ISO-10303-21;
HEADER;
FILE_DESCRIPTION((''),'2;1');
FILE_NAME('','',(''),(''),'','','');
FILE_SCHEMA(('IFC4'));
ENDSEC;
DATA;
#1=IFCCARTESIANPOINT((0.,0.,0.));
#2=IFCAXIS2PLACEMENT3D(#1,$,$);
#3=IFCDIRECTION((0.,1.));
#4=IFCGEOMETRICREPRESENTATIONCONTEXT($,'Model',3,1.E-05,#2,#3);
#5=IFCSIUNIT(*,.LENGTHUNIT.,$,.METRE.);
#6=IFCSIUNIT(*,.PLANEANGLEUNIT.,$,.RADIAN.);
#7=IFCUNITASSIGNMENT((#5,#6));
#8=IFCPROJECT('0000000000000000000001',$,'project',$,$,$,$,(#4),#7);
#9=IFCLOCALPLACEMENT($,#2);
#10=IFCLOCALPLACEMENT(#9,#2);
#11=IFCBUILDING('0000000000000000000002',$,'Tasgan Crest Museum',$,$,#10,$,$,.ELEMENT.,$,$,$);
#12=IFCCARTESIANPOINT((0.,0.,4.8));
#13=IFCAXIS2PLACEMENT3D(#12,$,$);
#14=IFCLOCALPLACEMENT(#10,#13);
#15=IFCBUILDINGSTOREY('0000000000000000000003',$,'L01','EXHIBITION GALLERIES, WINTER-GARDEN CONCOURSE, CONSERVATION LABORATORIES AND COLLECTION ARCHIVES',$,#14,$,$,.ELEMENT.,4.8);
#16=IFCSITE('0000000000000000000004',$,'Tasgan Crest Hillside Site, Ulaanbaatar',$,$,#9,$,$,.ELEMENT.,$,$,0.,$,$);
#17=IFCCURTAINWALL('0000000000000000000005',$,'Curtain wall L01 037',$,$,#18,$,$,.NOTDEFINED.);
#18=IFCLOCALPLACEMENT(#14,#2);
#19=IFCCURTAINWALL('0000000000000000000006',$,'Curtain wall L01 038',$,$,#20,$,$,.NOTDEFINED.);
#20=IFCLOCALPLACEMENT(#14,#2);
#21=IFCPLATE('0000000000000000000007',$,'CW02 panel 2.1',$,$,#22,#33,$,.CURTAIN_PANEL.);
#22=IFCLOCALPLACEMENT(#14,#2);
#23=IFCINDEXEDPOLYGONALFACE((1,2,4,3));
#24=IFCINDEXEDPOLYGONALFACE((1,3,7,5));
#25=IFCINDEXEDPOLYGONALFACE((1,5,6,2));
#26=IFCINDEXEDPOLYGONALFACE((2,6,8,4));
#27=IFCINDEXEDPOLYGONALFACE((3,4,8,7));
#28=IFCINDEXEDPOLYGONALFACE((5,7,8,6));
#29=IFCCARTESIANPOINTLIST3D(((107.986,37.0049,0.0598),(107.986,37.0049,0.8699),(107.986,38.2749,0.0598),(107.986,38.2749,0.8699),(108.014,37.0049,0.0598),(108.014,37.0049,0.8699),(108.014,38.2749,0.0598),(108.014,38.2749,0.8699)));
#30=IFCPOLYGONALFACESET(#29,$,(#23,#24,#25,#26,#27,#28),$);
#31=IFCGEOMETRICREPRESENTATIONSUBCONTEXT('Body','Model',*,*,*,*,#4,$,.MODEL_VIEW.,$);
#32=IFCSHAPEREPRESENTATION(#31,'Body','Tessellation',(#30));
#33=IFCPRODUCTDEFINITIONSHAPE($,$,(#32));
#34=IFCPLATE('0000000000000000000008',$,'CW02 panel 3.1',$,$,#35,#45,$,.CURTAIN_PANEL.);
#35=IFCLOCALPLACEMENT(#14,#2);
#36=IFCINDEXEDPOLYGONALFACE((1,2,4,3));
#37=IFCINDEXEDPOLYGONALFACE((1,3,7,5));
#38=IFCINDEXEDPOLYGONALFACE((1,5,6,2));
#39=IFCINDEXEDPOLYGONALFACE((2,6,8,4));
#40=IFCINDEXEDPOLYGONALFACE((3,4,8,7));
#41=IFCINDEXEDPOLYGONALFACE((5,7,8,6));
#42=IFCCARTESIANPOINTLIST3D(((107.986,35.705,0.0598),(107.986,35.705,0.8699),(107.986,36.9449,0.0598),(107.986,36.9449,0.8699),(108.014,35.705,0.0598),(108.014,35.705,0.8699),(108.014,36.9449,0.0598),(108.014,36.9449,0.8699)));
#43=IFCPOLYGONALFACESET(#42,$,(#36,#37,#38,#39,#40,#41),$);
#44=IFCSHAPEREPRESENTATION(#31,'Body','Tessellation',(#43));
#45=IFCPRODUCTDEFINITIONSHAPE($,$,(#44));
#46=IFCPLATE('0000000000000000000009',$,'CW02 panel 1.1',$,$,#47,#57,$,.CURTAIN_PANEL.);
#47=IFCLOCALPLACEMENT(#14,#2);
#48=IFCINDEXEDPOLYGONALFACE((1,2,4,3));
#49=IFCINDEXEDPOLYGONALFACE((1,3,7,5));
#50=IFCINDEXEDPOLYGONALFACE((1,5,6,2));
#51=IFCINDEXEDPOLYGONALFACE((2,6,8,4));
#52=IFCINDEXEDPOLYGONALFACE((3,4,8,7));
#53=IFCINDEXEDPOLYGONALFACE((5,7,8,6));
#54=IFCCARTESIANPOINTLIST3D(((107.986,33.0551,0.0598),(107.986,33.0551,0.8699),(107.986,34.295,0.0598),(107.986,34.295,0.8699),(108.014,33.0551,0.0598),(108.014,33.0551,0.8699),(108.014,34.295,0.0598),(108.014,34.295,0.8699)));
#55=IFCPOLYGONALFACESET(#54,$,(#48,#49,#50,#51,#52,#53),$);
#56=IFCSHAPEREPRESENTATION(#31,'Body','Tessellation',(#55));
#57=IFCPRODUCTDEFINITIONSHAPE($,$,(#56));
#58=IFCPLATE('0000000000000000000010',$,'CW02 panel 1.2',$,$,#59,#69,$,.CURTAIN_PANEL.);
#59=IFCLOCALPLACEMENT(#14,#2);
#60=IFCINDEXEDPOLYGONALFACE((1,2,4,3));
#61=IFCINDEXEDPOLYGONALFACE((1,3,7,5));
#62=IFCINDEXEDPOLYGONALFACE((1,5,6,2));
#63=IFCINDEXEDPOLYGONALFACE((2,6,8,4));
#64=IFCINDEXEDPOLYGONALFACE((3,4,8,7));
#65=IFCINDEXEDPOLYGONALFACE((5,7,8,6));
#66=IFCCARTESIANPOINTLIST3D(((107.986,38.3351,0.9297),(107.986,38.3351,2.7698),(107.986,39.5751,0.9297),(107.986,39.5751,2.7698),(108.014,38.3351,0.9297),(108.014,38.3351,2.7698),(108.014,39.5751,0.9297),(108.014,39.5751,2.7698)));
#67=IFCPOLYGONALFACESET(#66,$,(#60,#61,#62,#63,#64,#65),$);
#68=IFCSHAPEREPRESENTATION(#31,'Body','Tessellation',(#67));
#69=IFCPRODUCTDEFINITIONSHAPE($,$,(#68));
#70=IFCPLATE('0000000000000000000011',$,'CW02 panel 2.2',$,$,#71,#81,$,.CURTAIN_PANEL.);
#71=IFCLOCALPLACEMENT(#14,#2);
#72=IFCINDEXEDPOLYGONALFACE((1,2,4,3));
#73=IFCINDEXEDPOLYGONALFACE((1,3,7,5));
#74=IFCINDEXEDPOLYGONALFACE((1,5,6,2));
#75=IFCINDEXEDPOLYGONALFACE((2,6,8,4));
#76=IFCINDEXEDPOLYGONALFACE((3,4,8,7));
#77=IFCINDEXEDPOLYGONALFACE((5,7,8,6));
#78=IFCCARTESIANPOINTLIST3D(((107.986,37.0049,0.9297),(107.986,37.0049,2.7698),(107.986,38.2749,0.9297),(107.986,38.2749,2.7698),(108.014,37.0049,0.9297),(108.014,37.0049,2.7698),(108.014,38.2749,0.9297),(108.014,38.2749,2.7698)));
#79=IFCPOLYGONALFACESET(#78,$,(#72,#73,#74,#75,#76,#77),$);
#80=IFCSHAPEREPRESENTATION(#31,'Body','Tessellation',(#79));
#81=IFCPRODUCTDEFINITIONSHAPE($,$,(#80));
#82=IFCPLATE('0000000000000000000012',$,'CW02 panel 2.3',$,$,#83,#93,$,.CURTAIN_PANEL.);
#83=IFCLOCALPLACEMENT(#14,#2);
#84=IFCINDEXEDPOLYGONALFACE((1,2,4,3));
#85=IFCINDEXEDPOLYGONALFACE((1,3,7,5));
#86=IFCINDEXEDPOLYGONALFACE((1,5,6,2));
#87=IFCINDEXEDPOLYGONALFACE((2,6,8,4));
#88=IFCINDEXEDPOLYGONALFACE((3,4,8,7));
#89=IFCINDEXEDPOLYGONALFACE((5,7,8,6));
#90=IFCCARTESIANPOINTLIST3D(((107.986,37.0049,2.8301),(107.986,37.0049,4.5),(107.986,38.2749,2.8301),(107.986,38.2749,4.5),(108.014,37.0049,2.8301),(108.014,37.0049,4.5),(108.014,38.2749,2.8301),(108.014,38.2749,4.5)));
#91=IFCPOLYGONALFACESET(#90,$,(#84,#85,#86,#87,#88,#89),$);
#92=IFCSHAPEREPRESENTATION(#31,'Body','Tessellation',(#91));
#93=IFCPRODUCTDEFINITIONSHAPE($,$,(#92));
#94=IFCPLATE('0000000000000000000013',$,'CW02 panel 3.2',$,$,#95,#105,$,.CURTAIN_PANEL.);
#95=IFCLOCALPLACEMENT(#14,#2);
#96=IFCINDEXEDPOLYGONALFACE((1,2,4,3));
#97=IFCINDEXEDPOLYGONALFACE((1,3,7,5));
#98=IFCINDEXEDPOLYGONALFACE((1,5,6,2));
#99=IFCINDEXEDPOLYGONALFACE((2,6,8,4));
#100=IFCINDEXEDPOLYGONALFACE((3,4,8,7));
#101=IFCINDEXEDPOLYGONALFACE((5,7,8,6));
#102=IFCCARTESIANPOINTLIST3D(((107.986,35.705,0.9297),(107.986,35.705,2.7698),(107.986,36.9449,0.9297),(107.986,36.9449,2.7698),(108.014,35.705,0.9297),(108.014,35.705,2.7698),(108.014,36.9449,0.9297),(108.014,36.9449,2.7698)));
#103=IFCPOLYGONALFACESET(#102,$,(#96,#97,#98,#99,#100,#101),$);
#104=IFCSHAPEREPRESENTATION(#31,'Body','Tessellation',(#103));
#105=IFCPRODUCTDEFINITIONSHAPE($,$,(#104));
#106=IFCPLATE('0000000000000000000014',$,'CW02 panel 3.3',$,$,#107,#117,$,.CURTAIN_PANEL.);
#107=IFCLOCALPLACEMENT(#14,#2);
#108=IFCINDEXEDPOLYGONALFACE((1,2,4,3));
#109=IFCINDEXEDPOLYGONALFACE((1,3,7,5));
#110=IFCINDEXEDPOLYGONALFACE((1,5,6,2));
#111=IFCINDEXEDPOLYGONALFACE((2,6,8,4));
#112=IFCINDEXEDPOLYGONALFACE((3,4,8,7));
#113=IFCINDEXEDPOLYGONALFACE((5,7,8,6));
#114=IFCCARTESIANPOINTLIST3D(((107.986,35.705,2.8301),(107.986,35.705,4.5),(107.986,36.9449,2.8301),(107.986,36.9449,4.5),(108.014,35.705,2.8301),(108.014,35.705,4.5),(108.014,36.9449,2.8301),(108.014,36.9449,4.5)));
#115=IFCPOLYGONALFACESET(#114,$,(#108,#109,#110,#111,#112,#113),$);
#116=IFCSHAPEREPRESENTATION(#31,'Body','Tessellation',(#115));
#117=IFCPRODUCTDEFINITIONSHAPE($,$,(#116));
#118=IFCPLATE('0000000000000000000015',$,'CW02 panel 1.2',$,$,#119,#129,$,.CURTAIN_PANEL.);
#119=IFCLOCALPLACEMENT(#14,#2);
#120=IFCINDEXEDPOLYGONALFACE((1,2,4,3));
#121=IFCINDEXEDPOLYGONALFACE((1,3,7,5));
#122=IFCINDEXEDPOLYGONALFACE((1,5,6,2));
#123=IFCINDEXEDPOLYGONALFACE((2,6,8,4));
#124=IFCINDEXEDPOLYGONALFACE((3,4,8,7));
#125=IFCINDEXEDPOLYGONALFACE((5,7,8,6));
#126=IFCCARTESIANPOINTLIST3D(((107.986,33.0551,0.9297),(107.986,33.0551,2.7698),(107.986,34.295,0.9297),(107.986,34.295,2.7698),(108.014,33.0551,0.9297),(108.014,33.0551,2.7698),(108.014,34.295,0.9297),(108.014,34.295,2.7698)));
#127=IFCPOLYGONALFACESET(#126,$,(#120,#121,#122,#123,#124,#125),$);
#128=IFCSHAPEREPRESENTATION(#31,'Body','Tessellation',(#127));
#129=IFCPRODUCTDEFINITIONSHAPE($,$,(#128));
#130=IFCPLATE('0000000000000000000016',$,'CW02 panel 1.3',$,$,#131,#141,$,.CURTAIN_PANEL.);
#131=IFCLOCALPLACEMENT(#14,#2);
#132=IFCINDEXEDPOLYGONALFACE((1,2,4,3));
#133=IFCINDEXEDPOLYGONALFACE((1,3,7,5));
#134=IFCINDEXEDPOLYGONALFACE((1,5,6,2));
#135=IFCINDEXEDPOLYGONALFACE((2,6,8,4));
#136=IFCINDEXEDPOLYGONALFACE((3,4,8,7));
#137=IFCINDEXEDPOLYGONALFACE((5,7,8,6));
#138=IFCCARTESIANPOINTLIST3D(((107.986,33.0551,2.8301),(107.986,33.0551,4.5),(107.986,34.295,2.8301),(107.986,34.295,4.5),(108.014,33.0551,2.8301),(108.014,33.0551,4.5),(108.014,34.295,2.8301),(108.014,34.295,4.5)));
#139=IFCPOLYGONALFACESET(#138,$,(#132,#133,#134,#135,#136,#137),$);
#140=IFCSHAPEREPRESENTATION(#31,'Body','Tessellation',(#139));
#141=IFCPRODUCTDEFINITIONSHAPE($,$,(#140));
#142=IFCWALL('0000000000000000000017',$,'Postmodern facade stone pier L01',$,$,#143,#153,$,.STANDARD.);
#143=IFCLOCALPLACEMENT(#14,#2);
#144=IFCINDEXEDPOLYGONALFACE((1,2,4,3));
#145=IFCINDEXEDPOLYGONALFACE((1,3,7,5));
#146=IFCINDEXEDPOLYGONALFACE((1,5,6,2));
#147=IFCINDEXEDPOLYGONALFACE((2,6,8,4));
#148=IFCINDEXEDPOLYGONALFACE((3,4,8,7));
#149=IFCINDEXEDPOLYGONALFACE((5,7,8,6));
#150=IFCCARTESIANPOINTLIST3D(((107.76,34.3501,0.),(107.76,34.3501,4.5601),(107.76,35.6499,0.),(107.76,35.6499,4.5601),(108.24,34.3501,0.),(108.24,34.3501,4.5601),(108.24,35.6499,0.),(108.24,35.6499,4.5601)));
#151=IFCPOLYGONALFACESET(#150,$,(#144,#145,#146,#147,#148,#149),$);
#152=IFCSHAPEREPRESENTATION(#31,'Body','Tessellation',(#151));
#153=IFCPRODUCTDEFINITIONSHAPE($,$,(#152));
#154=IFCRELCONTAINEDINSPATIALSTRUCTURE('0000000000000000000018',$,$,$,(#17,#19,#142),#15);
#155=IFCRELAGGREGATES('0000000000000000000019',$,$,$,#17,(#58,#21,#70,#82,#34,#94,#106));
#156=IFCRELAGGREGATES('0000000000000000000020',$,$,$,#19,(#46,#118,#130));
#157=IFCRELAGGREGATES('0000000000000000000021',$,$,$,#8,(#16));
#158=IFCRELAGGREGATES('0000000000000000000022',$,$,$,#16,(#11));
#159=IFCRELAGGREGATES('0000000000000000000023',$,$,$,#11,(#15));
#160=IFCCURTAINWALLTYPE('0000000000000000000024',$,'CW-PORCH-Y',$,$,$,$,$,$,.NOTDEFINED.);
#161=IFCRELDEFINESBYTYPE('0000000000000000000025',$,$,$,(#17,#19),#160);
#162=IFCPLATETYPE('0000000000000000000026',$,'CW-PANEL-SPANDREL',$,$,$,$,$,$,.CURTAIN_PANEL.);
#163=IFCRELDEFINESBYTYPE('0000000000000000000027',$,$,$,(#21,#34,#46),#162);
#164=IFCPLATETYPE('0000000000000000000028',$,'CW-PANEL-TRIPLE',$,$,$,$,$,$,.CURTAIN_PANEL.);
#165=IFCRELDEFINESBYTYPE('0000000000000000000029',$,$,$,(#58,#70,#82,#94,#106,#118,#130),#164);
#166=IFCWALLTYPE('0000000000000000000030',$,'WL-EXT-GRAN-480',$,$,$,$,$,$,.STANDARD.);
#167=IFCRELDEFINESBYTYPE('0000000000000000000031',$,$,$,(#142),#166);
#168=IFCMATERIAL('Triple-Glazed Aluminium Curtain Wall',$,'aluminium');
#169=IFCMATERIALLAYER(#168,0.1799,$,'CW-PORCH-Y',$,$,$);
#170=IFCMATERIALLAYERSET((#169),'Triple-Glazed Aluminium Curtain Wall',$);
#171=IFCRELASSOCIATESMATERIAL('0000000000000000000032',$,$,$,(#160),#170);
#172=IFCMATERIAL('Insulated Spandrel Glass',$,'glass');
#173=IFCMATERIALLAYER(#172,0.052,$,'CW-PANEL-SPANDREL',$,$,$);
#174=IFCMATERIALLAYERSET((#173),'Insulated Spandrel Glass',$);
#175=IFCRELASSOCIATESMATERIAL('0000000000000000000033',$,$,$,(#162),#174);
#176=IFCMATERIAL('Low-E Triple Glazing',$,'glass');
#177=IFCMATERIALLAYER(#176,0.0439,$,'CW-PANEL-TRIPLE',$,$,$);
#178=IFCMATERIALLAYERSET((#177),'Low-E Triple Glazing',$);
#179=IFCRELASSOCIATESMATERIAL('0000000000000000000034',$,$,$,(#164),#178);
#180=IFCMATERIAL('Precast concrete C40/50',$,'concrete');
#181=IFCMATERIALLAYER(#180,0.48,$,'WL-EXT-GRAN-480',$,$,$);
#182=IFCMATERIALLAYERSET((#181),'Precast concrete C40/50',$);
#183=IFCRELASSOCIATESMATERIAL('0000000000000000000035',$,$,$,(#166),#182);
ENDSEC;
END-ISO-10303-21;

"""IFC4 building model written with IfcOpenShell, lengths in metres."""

from ifc_helpers import new_model, si_unit, direction, frame, frame_2d, origin, origin_2d, place, context, subcontext, project, spatial, rectangle, extrude, material, layer, layer_set, type_object, element, aggregate, save


model = new_model("IFC4")

# Units and contexts
model_context = context("Model", 3, precision=1e-05, world=origin(), true_north=direction((0.0, 1.0)))
body_context = subcontext(model_context, "Body", "Model", "MODEL_VIEW")
ifc_project = project(units=[si_unit("LENGTHUNIT", "METRE"), si_unit("PLANEANGLEUNIT", "RADIAN")], contexts=[model_context])

# Site, building, storey
site_placement = place(None, origin())
site = spatial("IfcSite", under=ifc_project, at=site_placement, Name="Tasgan Crest Hillside Site, Ulaanbaatar", CompositionType="ELEMENT", RefElevation=0.0)
building_placement = place(site_placement, origin())
building = spatial("IfcBuilding", under=site, at=building_placement, Name="Tasgan Crest Museum", CompositionType="ELEMENT")
storey_placement = place(building_placement, frame((0.0, 0.0, 4.8)))
storey = spatial("IfcBuildingStorey", under=building, at=storey_placement, Name="L01", Description="EXHIBITION GALLERIES, WINTER-GARDEN CONCOURSE, CONSERVATION LABORATORIES AND COLLECTION ARCHIVES", CompositionType="ELEMENT", Elevation=4.8)

# Curtain walls
ifc_material_1 = material(Name="Triple-Glazed Aluminium Curtain Wall", Category="aluminium")
ifc_layer_1 = layer(ifc_material_1, 0.1799, Name="CW-PORCH-Y")
ifc_layer_set_1 = layer_set([ifc_layer_1], Name="Triple-Glazed Aluminium Curtain Wall")
curtain_wall_type = type_object("IfcCurtainWallType", Name="CW-PORCH-Y", PredefinedType="NOTDEFINED", material=ifc_layer_set_1)
curtain_wall_1_placement = place(storey_placement, origin())
curtain_wall_1 = element("IfcCurtainWall", 1, at=curtain_wall_1_placement, inside=storey, type_object=curtain_wall_type, Name="Curtain wall L01 037", PredefinedType="NOTDEFINED")
curtain_wall_2_placement = place(storey_placement, origin())
curtain_wall_2 = element("IfcCurtainWall", 2, at=curtain_wall_2_placement, inside=storey, type_object=curtain_wall_type, Name="Curtain wall L01 038", PredefinedType="NOTDEFINED")

# Plates
ifc_material_2 = material(Name="Insulated Spandrel Glass", Category="glass")
ifc_layer_2 = layer(ifc_material_2, 0.052, Name="CW-PANEL-SPANDREL")
ifc_layer_set_2 = layer_set([ifc_layer_2], Name="Insulated Spandrel Glass")
plate_type_1 = type_object("IfcPlateType", Name="CW-PANEL-SPANDREL", PredefinedType="CURTAIN_PANEL", material=ifc_layer_set_2)
plate_1_placement = place(storey_placement, frame((108.0, 37.6399, 0.0598), z_axis=(0.0, 0.0, 1.0), x_axis=(0.0, -1.0, 0.0)))
plate_1 = element("IfcPlate", 3, at=plate_1_placement, type_object=plate_type_1, Name="CW02 panel 2.1", PredefinedType="CURTAIN_PANEL", context=body_context, shape_type="SweptSolid", body=[
    extrude(rectangle(XDim=1.27, YDim=0.0281, at=origin_2d()), origin(), (0.0, 0.0, 1.0), 0.8101),
])
plate_2_placement = place(storey_placement, frame((108.0, 36.325, 0.0598), z_axis=(0.0, 0.0, 1.0), x_axis=(0.0, -1.0, 0.0)))
plate_2 = element("IfcPlate", 4, at=plate_2_placement, type_object=plate_type_1, Name="CW02 panel 3.1", PredefinedType="CURTAIN_PANEL", context=body_context, shape_type="SweptSolid", body=[
    extrude(rectangle(XDim=1.24, YDim=0.0281, at=origin_2d()), origin(), (0.0, 0.0, 1.0), 0.8101),
])
plate_3_placement = place(storey_placement, frame((108.0, 33.675, 0.0598), z_axis=(0.0, 0.0, 1.0), x_axis=(0.0, -1.0, 0.0)))
plate_3 = element("IfcPlate", 5, at=plate_3_placement, type_object=plate_type_1, Name="CW02 panel 1.1", PredefinedType="CURTAIN_PANEL", context=body_context, shape_type="SweptSolid", body=[
    extrude(rectangle(XDim=1.24, YDim=0.0281, at=origin_2d()), origin(), (0.0, 0.0, 1.0), 0.8101),
])
ifc_material_3 = material(Name="Low-E Triple Glazing", Category="glass")
ifc_layer_3 = layer(ifc_material_3, 0.0439, Name="CW-PANEL-TRIPLE")
ifc_layer_set_3 = layer_set([ifc_layer_3], Name="Low-E Triple Glazing")
plate_type_2 = type_object("IfcPlateType", Name="CW-PANEL-TRIPLE", PredefinedType="CURTAIN_PANEL", material=ifc_layer_set_3)
plate_4_placement = place(storey_placement, frame((108.0, 38.9551, 0.9297), z_axis=(0.0, 0.0, 1.0), x_axis=(0.0, -1.0, 0.0)))
plate_4 = element("IfcPlate", 6, at=plate_4_placement, type_object=plate_type_2, Name="CW02 panel 1.2", PredefinedType="CURTAIN_PANEL", context=body_context, shape_type="SweptSolid", body=[
    extrude(rectangle(XDim=1.24, YDim=0.0281, at=origin_2d()), origin(), (0.0, 0.0, 1.0), 1.8401),
])
plate_5_placement = place(storey_placement, frame((108.0, 37.6399, 0.9297), z_axis=(0.0, 0.0, 1.0), x_axis=(0.0, -1.0, 0.0)))
plate_5 = element("IfcPlate", 7, at=plate_5_placement, type_object=plate_type_2, Name="CW02 panel 2.2", PredefinedType="CURTAIN_PANEL", context=body_context, shape_type="SweptSolid", body=[
    extrude(rectangle(XDim=1.27, YDim=0.0281, at=origin_2d()), origin(), (0.0, 0.0, 1.0), 1.8401),
])
plate_6_placement = place(storey_placement, frame((108.0, 37.6399, 2.8301), z_axis=(0.0, 0.0, 1.0), x_axis=(0.0, -1.0, 0.0)))
plate_6 = element("IfcPlate", 8, at=plate_6_placement, type_object=plate_type_2, Name="CW02 panel 2.3", PredefinedType="CURTAIN_PANEL", context=body_context, shape_type="SweptSolid", body=[
    extrude(rectangle(XDim=1.27, YDim=0.0281, at=origin_2d()), origin(), (0.0, 0.0, 1.0), 1.6699),
])
plate_7_placement = place(storey_placement, frame((108.0, 36.325, 0.9297), z_axis=(0.0, 0.0, 1.0), x_axis=(0.0, -1.0, 0.0)))
plate_7 = element("IfcPlate", 9, at=plate_7_placement, type_object=plate_type_2, Name="CW02 panel 3.2", PredefinedType="CURTAIN_PANEL", context=body_context, shape_type="SweptSolid", body=[
    extrude(rectangle(XDim=1.24, YDim=0.0281, at=origin_2d()), origin(), (0.0, 0.0, 1.0), 1.8401),
])
plate_8_placement = place(storey_placement, frame((108.0, 36.325, 2.8301), z_axis=(0.0, 0.0, 1.0), x_axis=(0.0, -1.0, 0.0)))
plate_8 = element("IfcPlate", 10, at=plate_8_placement, type_object=plate_type_2, Name="CW02 panel 3.3", PredefinedType="CURTAIN_PANEL", context=body_context, shape_type="SweptSolid", body=[
    extrude(rectangle(XDim=1.24, YDim=0.0281, at=origin_2d()), origin(), (0.0, 0.0, 1.0), 1.6699),
])
aggregate(curtain_wall_1, [plate_4, plate_1, plate_5, plate_6, plate_2, plate_7, plate_8])
plate_9_placement = place(storey_placement, frame((108.0, 33.675, 0.9297), z_axis=(0.0, 0.0, 1.0), x_axis=(0.0, -1.0, 0.0)))
plate_9 = element("IfcPlate", 11, at=plate_9_placement, type_object=plate_type_2, Name="CW02 panel 1.2", PredefinedType="CURTAIN_PANEL", context=body_context, shape_type="SweptSolid", body=[
    extrude(rectangle(XDim=1.24, YDim=0.0281, at=origin_2d()), origin(), (0.0, 0.0, 1.0), 1.8401),
])
plate_10_placement = place(storey_placement, frame((108.0, 33.675, 2.8301), z_axis=(0.0, 0.0, 1.0), x_axis=(0.0, -1.0, 0.0)))
plate_10 = element("IfcPlate", 12, at=plate_10_placement, type_object=plate_type_2, Name="CW02 panel 1.3", PredefinedType="CURTAIN_PANEL", context=body_context, shape_type="SweptSolid", body=[
    extrude(rectangle(XDim=1.24, YDim=0.0281, at=origin_2d()), origin(), (0.0, 0.0, 1.0), 1.6699),
])
aggregate(curtain_wall_2, [plate_3, plate_9, plate_10])

# Wall
ifc_material_4 = material(Name="Precast concrete C40/50", Category="concrete")
ifc_layer_4 = layer(ifc_material_4, 0.48, Name="WL-EXT-GRAN-480")
ifc_layer_set_4 = layer_set([ifc_layer_4], Name="Precast concrete C40/50")
wall_type = type_object("IfcWallType", Name="WL-EXT-GRAN-480", PredefinedType="STANDARD", material=ifc_layer_set_4)
wall_placement = place(storey_placement, frame((108.0, 35.6499, 0.0), z_axis=(0.0, 0.0, 1.0), x_axis=(0.0, -1.0, 0.0)))
element("IfcWall", 13, at=wall_placement, inside=storey, type_object=wall_type, Name="Postmodern facade stone pier L01", PredefinedType="STANDARD", context=body_context, shape_type="SweptSolid", body=[
    extrude(rectangle(XDim=1.2998, YDim=0.48, at=frame_2d((0.6499, 0.0))), origin(), (0.0, 0.0, 1.0), 4.5601),
])

save(model, "model.ifc")
